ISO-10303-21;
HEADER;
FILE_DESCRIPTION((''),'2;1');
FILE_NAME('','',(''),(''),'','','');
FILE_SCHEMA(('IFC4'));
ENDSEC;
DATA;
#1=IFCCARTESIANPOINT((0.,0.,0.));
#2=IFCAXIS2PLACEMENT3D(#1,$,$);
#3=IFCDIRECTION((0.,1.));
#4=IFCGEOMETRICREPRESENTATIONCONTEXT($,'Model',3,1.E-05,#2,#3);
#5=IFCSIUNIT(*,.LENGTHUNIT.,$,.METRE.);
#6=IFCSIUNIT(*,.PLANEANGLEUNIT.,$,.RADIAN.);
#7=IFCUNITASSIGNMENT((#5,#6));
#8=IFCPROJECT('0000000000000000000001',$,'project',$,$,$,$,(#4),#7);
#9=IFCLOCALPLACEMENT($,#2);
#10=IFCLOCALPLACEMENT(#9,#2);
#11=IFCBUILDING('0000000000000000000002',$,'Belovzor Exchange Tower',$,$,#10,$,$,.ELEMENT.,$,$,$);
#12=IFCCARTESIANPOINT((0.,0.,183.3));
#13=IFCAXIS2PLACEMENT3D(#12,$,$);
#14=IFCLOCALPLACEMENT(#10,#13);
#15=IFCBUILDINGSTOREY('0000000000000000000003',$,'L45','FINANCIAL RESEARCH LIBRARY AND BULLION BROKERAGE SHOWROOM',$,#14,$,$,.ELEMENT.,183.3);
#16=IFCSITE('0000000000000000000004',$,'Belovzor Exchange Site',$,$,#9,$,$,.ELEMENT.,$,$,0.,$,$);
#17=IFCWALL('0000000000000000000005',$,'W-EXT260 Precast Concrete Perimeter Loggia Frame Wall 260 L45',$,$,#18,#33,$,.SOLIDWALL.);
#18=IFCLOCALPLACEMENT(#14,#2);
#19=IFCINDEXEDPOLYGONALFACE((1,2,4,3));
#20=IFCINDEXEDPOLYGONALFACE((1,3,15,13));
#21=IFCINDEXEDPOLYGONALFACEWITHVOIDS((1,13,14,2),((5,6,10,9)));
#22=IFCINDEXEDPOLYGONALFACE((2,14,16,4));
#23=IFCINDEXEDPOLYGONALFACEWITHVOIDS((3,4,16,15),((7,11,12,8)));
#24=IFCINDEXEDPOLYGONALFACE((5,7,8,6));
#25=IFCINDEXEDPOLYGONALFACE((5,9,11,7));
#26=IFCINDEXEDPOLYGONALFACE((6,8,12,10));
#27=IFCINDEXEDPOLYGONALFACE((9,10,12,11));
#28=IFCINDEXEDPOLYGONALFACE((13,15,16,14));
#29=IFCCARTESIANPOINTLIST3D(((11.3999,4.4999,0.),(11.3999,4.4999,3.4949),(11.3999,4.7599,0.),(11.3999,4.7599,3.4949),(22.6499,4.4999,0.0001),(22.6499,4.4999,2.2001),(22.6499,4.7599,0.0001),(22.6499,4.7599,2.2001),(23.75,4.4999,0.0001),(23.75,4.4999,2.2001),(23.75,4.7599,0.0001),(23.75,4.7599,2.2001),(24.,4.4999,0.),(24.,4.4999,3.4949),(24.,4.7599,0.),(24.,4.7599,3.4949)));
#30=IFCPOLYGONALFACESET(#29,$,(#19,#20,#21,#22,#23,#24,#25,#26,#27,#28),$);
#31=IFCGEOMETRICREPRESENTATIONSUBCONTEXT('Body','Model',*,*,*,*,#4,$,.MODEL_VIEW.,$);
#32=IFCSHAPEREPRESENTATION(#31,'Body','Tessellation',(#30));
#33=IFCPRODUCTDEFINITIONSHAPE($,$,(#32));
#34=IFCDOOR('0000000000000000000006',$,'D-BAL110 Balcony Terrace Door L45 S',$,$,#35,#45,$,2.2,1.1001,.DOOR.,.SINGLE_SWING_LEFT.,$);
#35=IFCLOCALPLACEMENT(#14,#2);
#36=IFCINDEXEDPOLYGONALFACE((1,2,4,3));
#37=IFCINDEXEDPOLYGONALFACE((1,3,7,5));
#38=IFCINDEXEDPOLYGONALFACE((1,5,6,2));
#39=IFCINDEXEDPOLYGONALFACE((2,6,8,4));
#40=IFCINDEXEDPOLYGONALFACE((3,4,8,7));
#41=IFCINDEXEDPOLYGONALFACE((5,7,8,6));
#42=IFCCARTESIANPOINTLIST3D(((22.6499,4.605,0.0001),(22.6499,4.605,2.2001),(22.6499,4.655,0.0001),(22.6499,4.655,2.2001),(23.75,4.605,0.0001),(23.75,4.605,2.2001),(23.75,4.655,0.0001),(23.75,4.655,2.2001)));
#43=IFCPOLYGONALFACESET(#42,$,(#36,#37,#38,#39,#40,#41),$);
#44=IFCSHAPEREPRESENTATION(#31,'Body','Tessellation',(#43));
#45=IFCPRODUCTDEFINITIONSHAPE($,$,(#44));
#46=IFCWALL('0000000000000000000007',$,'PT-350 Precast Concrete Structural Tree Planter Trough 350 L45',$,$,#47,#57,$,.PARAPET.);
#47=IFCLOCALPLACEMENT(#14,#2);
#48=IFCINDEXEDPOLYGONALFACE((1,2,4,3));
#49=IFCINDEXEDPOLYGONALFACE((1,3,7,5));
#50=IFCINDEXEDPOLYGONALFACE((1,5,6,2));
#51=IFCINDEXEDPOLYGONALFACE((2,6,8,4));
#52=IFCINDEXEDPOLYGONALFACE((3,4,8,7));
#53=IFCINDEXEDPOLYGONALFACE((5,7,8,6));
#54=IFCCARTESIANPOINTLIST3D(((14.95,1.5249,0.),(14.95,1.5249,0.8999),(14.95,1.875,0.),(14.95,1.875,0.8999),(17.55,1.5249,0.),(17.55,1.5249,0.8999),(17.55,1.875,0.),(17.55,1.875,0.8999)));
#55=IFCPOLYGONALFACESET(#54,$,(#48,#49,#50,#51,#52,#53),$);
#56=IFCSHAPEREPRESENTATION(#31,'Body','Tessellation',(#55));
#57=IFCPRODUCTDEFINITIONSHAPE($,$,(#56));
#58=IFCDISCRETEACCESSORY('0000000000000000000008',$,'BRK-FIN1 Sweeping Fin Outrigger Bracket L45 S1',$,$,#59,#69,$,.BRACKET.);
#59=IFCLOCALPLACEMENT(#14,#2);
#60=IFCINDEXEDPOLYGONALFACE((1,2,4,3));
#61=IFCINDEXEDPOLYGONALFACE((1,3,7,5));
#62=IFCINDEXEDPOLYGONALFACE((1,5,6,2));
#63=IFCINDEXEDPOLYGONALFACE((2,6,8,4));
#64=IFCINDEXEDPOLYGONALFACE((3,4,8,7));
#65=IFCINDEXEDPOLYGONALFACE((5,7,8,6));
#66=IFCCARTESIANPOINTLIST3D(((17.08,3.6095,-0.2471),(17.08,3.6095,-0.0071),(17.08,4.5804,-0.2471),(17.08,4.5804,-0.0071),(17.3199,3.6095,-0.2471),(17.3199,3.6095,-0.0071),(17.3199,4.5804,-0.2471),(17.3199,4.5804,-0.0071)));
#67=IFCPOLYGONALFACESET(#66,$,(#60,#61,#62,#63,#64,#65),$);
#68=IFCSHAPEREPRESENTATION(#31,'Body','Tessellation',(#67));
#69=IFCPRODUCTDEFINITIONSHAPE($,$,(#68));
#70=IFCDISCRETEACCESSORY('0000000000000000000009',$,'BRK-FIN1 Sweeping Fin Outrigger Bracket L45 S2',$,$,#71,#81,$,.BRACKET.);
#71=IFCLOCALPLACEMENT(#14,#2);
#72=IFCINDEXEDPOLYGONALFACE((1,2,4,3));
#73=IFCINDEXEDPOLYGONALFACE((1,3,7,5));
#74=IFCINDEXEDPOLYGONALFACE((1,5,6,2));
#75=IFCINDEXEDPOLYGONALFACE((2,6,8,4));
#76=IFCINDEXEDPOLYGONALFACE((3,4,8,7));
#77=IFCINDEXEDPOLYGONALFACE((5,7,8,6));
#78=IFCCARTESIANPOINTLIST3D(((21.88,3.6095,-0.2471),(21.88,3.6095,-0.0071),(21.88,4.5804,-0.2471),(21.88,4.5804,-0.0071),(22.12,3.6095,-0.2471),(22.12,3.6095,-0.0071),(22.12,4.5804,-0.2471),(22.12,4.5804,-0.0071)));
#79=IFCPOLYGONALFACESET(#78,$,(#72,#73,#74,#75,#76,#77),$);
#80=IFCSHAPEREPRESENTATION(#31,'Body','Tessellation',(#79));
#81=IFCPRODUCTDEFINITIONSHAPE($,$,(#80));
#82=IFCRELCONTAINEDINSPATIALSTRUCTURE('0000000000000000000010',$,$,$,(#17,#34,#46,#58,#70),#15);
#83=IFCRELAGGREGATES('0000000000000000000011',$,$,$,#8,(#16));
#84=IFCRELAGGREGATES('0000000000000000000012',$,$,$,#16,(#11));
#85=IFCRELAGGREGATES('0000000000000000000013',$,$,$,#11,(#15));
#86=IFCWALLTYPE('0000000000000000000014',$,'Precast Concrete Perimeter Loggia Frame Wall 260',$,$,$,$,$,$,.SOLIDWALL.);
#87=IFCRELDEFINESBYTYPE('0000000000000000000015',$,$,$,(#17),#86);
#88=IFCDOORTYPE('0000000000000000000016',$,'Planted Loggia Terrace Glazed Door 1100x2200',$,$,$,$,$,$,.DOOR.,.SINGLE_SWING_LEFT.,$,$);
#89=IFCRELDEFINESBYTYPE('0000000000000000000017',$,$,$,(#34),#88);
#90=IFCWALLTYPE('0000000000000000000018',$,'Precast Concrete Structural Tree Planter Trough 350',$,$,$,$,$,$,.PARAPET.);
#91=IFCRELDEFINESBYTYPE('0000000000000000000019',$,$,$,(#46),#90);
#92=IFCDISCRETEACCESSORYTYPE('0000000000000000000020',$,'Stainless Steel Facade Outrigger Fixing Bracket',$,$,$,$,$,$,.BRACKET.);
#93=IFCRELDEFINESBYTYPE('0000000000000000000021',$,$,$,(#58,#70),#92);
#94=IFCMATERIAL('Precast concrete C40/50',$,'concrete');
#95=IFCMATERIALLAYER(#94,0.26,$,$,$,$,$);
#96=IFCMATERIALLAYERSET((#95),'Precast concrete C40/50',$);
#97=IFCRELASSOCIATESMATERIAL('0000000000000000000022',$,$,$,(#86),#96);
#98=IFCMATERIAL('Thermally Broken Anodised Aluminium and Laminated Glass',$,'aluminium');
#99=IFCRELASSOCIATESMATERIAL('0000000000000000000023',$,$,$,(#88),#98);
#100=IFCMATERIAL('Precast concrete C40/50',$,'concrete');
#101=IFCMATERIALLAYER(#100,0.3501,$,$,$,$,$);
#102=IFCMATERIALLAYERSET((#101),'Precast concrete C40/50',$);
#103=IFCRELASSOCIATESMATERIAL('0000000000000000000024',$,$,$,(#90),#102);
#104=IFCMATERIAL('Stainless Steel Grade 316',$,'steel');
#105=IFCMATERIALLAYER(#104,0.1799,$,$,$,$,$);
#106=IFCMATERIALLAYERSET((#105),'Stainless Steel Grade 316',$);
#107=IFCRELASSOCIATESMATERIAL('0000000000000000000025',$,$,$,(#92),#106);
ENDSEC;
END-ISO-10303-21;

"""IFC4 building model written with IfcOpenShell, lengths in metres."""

from ifc_helpers import new_model, si_unit, direction, frame, frame_2d, origin, origin_2d, place, context, subcontext, project, spatial, rectangle, extrude, material, layer, layer_set, type_object, element, fill, save


model = new_model("IFC4")

# Units and contexts
model_context = context("Model", 3, precision=1e-05, world=origin(), true_north=direction((0.0, 1.0)))
body_context = subcontext(model_context, "Body", "Model", "MODEL_VIEW")
ifc_project = project(units=[si_unit("LENGTHUNIT", "METRE"), si_unit("PLANEANGLEUNIT", "RADIAN")], contexts=[model_context])

# Site, building, storey
site_placement = place(None, origin())
site = spatial("IfcSite", under=ifc_project, at=site_placement, Name="Belovzor Exchange Site", CompositionType="ELEMENT", RefElevation=0.0)
building_placement = place(site_placement, origin())
building = spatial("IfcBuilding", under=site, at=building_placement, Name="Belovzor Exchange Tower", CompositionType="ELEMENT")
storey_placement = place(building_placement, frame((0.0, 0.0, 183.3)))
storey = spatial("IfcBuildingStorey", under=building, at=storey_placement, Name="L45", Description="FINANCIAL RESEARCH LIBRARY AND BULLION BROKERAGE SHOWROOM", CompositionType="ELEMENT", Elevation=183.3)

# Wall, opening, door
ifc_material_1 = material(Name="Precast concrete C40/50", Category="concrete")
ifc_layer_1 = layer(ifc_material_1, 0.26)
ifc_layer_set_1 = layer_set([ifc_layer_1], Name="Precast concrete C40/50")
wall_type_1 = type_object("IfcWallType", Name="Precast Concrete Perimeter Loggia Frame Wall 260", PredefinedType="SOLIDWALL", material=ifc_layer_set_1)
wall_1_placement = place(storey_placement, frame((24.0, 4.6299, 0.0), z_axis=(0.0, 0.0, 1.0), x_axis=(-1.0, 0.0, 0.0)))
wall_1 = element("IfcWall", 1, at=wall_1_placement, inside=storey, type_object=wall_type_1, Name="W-EXT260 Precast Concrete Perimeter Loggia Frame Wall 260 L45", PredefinedType="SOLIDWALL", context=body_context, shape_type="SweptSolid", body=[
    extrude(rectangle(XDim=12.6001, YDim=0.26, at=frame_2d((6.3, 0.0))), origin(), (0.0, 0.0, 1.0), 3.4949),
])
opening_1_placement = place(wall_1_placement, frame((0.25, 0.0, 0.0)))
opening_1 = element("IfcOpeningElement", 2, at=opening_1_placement, cuts=wall_1, PredefinedType="OPENING", context=body_context, shape_type="SweptSolid", body=[
    extrude(rectangle(XDim=1.1001, YDim=2.2, at=frame_2d((0.55, 1.1001))), frame((0.0, 0.1399, 0.0), z_axis=(0.0, -1.0, 0.0), x_axis=(1.0, 0.0, 0.0)), (0.0, 0.0, 1.0), 0.28),
])
ifc_material_2 = material(Name="Thermally Broken Anodised Aluminium and Laminated Glass", Category="aluminium")
door_type_1 = type_object("IfcDoorType", Name="Planted Loggia Terrace Glazed Door 1100x2200", OperationType="SINGLE_SWING_LEFT", PredefinedType="DOOR", material=ifc_material_2)
door_1_placement = place(opening_1_placement, origin())
door_1 = element("IfcDoor", 3, at=door_1_placement, inside=storey, type_object=door_type_1, Name="D-BAL110 Balcony Terrace Door L45 S", OperationType="SINGLE_SWING_LEFT", OverallHeight=2.2, OverallWidth=1.1001, PredefinedType="DOOR", context=body_context, shape_type="SweptSolid", body=[
    extrude(rectangle(XDim=1.1001, YDim=2.2, at=frame_2d((0.55, 1.1001))), frame((0.0, 0.0249, 0.0), z_axis=(0.0, -1.0, 0.0), x_axis=(1.0, 0.0, 0.0)), (0.0, 0.0, 1.0), 0.05),
])
fill(opening_1, door_1)

# Wall
ifc_material_3 = material(Name="Precast concrete C40/50", Category="concrete")
ifc_layer_2 = layer(ifc_material_3, 0.3501)
ifc_layer_set_2 = layer_set([ifc_layer_2], Name="Precast concrete C40/50")
wall_type_2 = type_object("IfcWallType", Name="Precast Concrete Structural Tree Planter Trough 350", PredefinedType="PARAPET", material=ifc_layer_set_2)
wall_2_placement = place(storey_placement, frame((14.95, 1.7, 0.0), z_axis=(0.0, 0.0, 1.0), x_axis=(1.0, 0.0, 0.0)))
element("IfcWall", 4, at=wall_2_placement, inside=storey, type_object=wall_type_2, Name="PT-350 Precast Concrete Structural Tree Planter Trough 350 L45", PredefinedType="PARAPET", context=body_context, shape_type="SweptSolid", body=[
    extrude(rectangle(XDim=2.6001, YDim=0.3501, at=frame_2d((1.3, 0.0))), origin(), (0.0, 0.0, 1.0), 0.8999),
])

# Discrete accessories
ifc_material_4 = material(Name="Stainless Steel Grade 316", Category="steel")
ifc_layer_3 = layer(ifc_material_4, 0.1799)
ifc_layer_set_3 = layer_set([ifc_layer_3], Name="Stainless Steel Grade 316")
discrete_accessory_type = type_object("IfcDiscreteAccessoryType", Name="Stainless Steel Facade Outrigger Fixing Bracket", PredefinedType="BRACKET", material=ifc_layer_set_3)
for number, where, z_axis, x_axis, name in (
    (5, (17.2, 4.095, -0.2471), (0.0, 0.0, 1.0), (0.0, 1.0, 0.0), "BRK-FIN1 Sweeping Fin Outrigger Bracket L45 S1"),
    (6, (22.0, 4.095, -0.2471), (0.0, 0.0, 1.0), (0.0, 1.0, 0.0), "BRK-FIN1 Sweeping Fin Outrigger Bracket L45 S2"),
):
    element("IfcDiscreteAccessory", number, at=place(storey_placement, frame(where, z_axis=z_axis, x_axis=x_axis)), inside=storey, type_object=discrete_accessory_type, Name=name, PredefinedType="BRACKET", context=body_context, shape_type="SweptSolid", body=[
        extrude(rectangle(XDim=0.9709, YDim=0.24, at=origin_2d()), origin(), (0.0, 0.0, 1.0), 0.24),
    ])

save(model, "model.ifc")
